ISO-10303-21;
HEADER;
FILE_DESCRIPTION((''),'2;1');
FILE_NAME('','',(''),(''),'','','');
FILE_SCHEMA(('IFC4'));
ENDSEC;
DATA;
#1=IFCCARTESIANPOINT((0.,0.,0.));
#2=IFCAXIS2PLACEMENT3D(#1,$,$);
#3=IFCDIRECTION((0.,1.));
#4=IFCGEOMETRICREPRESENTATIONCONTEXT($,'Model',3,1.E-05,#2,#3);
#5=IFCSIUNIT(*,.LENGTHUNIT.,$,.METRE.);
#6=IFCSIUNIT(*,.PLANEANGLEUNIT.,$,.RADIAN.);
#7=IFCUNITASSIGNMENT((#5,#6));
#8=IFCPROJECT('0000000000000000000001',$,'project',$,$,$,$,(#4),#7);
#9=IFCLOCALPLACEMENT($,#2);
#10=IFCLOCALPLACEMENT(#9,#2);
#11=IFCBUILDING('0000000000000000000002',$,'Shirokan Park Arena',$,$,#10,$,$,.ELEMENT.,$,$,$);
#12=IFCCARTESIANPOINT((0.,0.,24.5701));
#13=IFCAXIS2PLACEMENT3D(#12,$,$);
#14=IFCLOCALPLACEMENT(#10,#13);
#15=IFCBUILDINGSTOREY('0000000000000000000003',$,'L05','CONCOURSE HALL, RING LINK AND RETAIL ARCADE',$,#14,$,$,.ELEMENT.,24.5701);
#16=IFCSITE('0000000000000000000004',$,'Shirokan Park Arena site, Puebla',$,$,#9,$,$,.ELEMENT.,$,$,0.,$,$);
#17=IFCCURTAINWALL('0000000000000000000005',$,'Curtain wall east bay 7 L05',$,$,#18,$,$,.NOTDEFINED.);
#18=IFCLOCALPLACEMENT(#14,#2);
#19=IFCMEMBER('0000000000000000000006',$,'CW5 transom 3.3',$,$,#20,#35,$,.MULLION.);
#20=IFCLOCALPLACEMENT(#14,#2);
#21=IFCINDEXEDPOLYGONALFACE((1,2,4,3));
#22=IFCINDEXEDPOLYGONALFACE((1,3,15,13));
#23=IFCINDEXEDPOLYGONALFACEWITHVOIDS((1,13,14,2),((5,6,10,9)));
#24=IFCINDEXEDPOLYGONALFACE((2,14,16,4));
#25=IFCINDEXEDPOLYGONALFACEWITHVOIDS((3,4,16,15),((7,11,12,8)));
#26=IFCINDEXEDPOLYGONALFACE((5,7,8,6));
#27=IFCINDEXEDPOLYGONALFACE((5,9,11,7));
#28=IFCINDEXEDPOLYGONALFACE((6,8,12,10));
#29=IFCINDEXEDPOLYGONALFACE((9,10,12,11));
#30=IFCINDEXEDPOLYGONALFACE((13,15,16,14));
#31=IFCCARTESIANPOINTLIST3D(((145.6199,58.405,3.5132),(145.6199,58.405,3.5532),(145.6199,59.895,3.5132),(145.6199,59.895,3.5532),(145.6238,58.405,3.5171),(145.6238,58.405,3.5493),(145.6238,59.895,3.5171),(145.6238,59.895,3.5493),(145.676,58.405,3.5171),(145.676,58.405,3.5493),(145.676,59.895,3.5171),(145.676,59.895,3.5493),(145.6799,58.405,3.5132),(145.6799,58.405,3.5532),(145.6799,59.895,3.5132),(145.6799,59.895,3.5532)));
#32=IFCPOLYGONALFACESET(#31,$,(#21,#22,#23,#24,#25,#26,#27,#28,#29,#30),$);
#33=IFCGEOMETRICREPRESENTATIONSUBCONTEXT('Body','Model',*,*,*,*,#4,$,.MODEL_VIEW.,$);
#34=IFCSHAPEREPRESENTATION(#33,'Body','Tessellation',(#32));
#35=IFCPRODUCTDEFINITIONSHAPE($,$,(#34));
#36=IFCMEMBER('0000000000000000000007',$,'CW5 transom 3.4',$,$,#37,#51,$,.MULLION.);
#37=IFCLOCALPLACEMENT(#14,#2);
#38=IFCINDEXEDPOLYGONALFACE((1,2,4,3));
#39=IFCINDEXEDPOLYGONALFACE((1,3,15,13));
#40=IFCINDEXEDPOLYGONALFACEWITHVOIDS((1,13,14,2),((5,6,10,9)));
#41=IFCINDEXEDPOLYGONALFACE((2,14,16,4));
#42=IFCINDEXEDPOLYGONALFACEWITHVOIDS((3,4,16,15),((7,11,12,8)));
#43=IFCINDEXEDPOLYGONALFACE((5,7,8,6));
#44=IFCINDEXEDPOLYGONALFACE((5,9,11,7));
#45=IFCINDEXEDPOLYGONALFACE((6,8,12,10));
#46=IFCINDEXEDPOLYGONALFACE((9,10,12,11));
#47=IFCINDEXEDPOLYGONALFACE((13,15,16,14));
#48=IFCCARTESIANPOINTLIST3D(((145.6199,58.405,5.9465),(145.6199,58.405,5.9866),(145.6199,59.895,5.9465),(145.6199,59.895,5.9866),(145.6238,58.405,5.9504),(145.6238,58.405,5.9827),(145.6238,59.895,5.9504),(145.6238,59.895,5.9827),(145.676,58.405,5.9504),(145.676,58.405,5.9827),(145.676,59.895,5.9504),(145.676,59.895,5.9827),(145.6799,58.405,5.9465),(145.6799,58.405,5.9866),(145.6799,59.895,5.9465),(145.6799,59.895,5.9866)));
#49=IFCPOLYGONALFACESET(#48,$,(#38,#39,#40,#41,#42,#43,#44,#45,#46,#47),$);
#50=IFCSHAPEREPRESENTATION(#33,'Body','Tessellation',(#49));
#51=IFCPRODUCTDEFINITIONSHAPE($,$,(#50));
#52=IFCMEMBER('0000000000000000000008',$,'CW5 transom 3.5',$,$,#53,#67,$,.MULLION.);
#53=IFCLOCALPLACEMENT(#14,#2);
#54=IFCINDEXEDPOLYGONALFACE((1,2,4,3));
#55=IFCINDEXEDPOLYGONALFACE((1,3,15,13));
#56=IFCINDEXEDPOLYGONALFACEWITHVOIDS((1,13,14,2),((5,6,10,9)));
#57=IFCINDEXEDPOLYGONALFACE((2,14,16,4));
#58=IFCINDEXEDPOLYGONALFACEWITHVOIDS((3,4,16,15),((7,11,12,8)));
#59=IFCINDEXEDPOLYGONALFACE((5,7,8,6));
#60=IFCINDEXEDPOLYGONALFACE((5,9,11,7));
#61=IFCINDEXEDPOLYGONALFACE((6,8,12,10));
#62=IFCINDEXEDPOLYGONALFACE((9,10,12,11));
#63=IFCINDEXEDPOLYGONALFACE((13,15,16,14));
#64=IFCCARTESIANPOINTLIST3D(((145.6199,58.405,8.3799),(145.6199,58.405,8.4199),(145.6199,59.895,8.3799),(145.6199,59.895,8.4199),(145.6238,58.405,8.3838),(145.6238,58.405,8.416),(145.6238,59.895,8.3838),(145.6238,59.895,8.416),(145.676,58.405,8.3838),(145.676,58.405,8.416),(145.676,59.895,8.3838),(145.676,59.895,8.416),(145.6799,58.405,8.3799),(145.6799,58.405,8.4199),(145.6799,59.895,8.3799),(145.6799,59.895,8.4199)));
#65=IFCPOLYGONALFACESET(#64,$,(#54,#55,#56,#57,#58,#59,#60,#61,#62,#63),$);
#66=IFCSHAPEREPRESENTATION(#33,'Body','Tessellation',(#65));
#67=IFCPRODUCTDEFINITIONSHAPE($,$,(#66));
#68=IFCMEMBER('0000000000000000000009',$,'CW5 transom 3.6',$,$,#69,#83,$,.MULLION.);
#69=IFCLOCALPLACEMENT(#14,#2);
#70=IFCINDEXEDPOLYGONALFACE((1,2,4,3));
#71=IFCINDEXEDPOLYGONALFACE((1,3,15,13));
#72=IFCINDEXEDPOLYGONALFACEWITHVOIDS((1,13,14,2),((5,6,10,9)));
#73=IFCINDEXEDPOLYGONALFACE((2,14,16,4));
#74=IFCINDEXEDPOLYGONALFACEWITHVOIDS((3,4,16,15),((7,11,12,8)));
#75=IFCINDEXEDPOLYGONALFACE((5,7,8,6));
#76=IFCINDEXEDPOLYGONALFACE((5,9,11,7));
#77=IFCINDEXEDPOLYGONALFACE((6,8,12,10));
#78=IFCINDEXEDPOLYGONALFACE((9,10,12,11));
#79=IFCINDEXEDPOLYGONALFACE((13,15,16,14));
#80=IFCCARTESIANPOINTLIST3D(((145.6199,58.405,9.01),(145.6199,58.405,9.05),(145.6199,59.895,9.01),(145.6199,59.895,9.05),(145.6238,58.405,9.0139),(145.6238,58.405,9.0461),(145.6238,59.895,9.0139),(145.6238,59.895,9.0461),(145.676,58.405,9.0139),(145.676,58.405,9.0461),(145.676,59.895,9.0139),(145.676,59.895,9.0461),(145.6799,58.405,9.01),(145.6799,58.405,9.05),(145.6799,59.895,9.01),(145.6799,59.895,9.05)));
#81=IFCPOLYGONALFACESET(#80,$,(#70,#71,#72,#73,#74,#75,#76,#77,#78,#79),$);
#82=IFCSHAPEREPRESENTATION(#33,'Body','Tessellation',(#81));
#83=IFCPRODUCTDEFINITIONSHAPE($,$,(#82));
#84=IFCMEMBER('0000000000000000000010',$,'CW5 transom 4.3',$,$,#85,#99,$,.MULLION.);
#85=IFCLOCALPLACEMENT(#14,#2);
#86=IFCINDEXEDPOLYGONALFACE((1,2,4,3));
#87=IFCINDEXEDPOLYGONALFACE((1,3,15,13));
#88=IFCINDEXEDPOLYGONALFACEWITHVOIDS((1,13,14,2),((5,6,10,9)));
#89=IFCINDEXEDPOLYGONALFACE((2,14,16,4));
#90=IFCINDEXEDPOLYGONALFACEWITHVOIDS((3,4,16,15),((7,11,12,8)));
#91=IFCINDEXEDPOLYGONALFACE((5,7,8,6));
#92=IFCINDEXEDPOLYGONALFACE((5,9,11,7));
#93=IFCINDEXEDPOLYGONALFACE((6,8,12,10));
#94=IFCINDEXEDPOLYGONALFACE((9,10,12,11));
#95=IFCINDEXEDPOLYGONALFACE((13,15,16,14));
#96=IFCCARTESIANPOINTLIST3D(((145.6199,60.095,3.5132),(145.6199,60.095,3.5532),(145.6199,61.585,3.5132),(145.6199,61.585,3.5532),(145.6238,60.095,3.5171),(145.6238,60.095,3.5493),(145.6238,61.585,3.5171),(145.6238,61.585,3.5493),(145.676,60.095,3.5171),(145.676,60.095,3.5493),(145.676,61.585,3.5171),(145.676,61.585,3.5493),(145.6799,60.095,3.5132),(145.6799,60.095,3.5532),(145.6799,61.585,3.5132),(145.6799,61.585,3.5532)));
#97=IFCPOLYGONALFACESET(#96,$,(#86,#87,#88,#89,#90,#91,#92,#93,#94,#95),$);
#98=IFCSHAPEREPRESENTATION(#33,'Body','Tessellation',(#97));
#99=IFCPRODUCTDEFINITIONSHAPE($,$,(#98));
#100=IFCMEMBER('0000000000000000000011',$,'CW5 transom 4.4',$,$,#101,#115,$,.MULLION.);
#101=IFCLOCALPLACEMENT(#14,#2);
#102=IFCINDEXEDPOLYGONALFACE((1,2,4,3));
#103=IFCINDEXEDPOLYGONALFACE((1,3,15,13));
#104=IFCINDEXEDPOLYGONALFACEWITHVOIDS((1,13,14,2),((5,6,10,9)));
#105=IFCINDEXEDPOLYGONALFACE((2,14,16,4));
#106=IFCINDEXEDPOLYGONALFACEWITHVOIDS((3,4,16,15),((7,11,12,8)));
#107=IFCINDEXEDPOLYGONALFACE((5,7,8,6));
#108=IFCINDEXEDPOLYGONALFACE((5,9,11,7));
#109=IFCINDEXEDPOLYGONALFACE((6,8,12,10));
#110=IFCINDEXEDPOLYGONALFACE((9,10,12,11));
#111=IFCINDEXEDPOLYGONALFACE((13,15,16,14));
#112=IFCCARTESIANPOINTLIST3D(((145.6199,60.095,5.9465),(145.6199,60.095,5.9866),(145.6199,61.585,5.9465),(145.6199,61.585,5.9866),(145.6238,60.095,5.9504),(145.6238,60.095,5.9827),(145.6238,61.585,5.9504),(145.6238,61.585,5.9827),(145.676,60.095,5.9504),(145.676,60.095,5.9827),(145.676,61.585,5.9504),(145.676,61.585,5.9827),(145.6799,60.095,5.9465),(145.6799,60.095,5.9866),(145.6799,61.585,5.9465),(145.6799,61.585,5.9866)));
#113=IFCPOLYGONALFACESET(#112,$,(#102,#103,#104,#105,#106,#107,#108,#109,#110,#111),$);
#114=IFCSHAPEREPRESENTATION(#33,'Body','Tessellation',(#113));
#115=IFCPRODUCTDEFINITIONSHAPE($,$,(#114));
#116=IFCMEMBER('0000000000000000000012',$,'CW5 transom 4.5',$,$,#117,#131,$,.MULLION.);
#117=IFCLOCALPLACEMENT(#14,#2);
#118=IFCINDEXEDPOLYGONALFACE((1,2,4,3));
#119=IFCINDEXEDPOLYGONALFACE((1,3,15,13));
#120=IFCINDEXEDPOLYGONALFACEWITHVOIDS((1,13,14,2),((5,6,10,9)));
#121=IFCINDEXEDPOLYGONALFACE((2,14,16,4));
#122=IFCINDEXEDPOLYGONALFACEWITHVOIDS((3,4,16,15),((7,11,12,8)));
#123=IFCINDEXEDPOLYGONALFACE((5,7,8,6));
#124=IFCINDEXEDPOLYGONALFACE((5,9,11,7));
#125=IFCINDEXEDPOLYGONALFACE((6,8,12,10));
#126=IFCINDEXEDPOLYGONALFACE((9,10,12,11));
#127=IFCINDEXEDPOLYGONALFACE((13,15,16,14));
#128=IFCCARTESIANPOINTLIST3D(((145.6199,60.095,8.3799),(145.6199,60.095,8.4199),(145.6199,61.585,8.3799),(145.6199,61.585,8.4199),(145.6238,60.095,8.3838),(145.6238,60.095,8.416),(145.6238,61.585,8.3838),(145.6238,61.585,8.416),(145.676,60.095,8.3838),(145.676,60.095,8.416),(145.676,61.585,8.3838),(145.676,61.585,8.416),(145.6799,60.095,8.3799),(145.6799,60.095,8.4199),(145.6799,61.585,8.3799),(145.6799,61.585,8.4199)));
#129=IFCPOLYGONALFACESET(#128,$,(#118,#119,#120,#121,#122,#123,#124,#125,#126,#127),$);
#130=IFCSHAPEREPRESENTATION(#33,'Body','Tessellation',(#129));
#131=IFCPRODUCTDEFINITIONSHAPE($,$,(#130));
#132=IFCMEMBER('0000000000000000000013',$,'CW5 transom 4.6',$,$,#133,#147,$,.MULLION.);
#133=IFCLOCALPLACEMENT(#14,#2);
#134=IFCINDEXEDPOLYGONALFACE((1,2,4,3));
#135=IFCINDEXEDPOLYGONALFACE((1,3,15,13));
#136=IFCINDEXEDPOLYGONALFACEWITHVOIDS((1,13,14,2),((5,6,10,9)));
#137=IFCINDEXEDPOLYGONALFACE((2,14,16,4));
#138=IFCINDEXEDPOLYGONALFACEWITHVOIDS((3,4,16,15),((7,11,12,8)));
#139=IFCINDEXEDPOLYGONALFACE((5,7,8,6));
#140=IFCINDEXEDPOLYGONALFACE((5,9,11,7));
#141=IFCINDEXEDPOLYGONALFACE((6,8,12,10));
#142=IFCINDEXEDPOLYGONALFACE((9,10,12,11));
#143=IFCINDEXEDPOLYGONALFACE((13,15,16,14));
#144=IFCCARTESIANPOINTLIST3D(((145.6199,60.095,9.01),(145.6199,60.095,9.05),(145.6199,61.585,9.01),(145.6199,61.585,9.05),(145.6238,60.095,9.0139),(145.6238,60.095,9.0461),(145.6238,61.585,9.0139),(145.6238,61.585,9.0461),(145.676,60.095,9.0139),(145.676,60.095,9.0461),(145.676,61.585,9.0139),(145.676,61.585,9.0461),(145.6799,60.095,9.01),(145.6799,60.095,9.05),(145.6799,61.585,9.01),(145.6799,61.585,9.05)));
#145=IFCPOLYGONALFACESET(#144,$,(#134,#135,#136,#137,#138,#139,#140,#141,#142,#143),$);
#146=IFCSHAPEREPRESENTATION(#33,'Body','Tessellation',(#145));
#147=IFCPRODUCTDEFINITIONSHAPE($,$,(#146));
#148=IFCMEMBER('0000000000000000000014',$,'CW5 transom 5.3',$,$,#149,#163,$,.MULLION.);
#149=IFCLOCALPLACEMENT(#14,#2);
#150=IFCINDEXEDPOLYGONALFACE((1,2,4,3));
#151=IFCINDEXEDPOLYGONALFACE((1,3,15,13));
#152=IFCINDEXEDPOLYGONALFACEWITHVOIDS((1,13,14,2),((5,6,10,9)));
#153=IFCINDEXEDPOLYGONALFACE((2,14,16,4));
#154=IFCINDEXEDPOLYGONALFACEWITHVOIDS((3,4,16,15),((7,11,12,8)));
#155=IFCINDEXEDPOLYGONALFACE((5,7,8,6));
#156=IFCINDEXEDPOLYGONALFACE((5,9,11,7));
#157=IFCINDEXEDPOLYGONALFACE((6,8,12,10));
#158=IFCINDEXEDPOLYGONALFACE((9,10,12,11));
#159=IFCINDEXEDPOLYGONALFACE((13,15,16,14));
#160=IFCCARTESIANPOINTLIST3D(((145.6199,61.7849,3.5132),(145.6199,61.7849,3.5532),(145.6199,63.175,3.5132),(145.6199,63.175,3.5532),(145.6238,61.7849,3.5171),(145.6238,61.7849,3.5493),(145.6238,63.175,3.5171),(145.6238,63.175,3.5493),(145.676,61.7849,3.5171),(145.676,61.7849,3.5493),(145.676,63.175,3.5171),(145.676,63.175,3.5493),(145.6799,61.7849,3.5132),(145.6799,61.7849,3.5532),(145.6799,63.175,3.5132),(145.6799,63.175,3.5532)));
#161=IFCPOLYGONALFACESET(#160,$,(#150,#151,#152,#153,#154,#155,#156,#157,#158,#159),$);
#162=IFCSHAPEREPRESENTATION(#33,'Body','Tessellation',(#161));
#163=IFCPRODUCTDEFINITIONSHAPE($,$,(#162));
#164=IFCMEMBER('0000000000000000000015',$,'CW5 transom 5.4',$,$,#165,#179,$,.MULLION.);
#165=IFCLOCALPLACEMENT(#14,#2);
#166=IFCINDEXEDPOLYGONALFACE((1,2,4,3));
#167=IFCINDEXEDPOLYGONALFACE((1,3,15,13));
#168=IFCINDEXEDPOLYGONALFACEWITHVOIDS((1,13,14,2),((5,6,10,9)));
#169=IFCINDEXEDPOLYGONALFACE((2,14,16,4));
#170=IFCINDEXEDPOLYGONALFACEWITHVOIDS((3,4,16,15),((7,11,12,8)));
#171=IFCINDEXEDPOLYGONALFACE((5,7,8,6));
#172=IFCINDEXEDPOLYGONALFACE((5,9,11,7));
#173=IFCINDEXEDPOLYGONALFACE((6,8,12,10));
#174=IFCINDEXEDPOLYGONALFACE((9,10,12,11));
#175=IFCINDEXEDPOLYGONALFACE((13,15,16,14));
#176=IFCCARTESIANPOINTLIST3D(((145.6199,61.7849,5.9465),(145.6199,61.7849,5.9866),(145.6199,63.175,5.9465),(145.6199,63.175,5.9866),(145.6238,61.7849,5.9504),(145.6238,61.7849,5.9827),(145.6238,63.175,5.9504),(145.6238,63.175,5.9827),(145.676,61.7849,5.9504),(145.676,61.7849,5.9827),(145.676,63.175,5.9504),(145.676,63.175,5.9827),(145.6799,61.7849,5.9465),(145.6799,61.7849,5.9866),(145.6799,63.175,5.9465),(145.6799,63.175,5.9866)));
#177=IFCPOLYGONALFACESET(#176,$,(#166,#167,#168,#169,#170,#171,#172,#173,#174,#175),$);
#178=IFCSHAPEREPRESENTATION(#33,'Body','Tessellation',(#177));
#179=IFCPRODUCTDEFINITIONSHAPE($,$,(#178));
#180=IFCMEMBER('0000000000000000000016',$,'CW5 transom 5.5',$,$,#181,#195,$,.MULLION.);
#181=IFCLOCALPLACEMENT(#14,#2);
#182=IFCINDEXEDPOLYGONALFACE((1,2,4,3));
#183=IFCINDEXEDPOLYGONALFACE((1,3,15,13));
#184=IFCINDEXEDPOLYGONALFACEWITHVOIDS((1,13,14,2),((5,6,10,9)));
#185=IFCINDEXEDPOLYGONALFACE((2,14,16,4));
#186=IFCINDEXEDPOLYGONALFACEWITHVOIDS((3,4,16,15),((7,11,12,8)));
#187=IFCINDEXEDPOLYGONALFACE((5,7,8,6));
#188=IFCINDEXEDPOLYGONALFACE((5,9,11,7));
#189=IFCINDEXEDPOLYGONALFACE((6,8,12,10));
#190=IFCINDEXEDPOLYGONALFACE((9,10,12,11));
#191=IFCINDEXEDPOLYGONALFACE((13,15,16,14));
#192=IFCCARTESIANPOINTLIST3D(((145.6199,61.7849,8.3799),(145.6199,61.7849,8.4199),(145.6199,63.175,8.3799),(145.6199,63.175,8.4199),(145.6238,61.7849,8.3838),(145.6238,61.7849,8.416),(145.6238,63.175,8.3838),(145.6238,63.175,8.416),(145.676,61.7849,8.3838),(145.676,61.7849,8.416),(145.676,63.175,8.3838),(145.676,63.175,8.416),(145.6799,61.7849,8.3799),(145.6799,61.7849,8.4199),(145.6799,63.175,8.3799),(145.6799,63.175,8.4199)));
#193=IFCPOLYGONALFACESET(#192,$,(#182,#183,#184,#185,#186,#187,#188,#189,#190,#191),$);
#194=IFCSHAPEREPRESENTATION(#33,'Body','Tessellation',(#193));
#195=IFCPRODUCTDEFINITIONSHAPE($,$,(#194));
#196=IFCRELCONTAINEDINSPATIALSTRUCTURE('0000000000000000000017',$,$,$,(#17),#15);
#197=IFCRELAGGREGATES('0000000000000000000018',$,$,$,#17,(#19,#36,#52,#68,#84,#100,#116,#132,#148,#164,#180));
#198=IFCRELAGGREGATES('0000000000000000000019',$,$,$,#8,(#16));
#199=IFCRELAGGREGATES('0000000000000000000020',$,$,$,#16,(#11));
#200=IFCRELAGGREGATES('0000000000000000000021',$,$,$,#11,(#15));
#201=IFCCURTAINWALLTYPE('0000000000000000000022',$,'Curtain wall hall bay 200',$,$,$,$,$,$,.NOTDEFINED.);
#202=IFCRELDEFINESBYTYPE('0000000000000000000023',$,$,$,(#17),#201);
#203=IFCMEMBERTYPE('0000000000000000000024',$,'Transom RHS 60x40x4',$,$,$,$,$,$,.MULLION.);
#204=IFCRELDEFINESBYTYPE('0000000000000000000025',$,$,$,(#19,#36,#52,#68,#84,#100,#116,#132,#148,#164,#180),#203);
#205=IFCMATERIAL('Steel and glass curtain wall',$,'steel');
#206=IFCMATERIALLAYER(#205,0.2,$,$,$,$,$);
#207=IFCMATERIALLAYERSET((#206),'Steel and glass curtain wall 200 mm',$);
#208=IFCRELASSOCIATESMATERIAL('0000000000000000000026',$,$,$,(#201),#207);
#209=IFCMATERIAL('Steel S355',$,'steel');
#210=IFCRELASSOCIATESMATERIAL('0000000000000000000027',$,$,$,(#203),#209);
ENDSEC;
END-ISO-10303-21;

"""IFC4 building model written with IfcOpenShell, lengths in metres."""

from ifc_helpers import new_model, si_unit, direction, frame, origin, origin_2d, place, context, subcontext, project, spatial, hollow_rectangle, extrude, material, layer, layer_set, material_profile, profile_set, type_object, element, aggregate, save


model = new_model("IFC4")

# Units and contexts
model_context = context("Model", 3, precision=1e-05, world=origin(), true_north=direction((0.0, 1.0)))
body_context = subcontext(model_context, "Body", "Model", "MODEL_VIEW")
ifc_project = project(units=[si_unit("LENGTHUNIT", "METRE"), si_unit("PLANEANGLEUNIT", "RADIAN")], contexts=[model_context])

# Site, building, storey
site_placement = place(None, origin())
site = spatial("IfcSite", under=ifc_project, at=site_placement, Name="Shirokan Park Arena site, Puebla", CompositionType="ELEMENT", RefElevation=0.0)
building_placement = place(site_placement, origin())
building = spatial("IfcBuilding", under=site, at=building_placement, Name="Shirokan Park Arena", CompositionType="ELEMENT")
storey_placement = place(building_placement, frame((0.0, 0.0, 24.5701)))
storey = spatial("IfcBuildingStorey", under=building, at=storey_placement, Name="L05", Description="CONCOURSE HALL, RING LINK AND RETAIL ARCADE", CompositionType="ELEMENT", Elevation=24.5701)

# Curtain wall, members
ifc_material_1 = material(Name="Steel and glass curtain wall", Category="steel")
ifc_layer_1 = layer(ifc_material_1, 0.2)
ifc_layer_set_1 = layer_set([ifc_layer_1], Name="Steel and glass curtain wall 200 mm")
curtain_wall_type = type_object("IfcCurtainWallType", Name="Curtain wall hall bay 200", PredefinedType="NOTDEFINED", material=ifc_layer_set_1)
curtain_wall_placement = place(storey_placement, origin())
curtain_wall = element("IfcCurtainWall", 1, at=curtain_wall_placement, inside=storey, type_object=curtain_wall_type, Name="Curtain wall east bay 7 L05", PredefinedType="NOTDEFINED")
ifc_material_2 = material(Name="Steel S355", Category="steel")
ifc_material_profile = material_profile(ifc_material_2, hollow_rectangle(XDim=0.0601, YDim=0.04, WallThickness=0.0039, at=origin_2d()), Name="RHS 60x40x4")
ifc_profile_set = profile_set([ifc_material_profile], Name="Steel S355")
member_type = type_object("IfcMemberType", Name="Transom RHS 60x40x4", PredefinedType="MULLION", material=ifc_profile_set)
member_1_placement = place(storey_placement, frame((145.6499, 58.405, 3.5332), z_axis=(0.0, 1.0, 0.0), x_axis=(-1.0, 0.0, 0.0)))
member_1 = element("IfcMember", 2, at=member_1_placement, type_object=member_type, Name="CW5 transom 3.3", PredefinedType="MULLION", context=body_context, shape_type="SweptSolid", body=[
    extrude(hollow_rectangle(XDim=0.0601, YDim=0.04, WallThickness=0.0039, at=origin_2d()), origin(), (0.0, 0.0, 1.0), 1.49),
])
member_2_placement = place(storey_placement, frame((145.6499, 58.405, 5.9666), z_axis=(0.0, 1.0, 0.0), x_axis=(-1.0, 0.0, 0.0)))
member_2 = element("IfcMember", 3, at=member_2_placement, type_object=member_type, Name="CW5 transom 3.4", PredefinedType="MULLION", context=body_context, shape_type="SweptSolid", body=[
    extrude(hollow_rectangle(XDim=0.0601, YDim=0.04, WallThickness=0.0039, at=origin_2d()), origin(), (0.0, 0.0, 1.0), 1.49),
])
member_3_placement = place(storey_placement, frame((145.6499, 58.405, 8.3999), z_axis=(0.0, 1.0, 0.0), x_axis=(-1.0, 0.0, 0.0)))
member_3 = element("IfcMember", 4, at=member_3_placement, type_object=member_type, Name="CW5 transom 3.5", PredefinedType="MULLION", context=body_context, shape_type="SweptSolid", body=[
    extrude(hollow_rectangle(XDim=0.0601, YDim=0.04, WallThickness=0.0039, at=origin_2d()), origin(), (0.0, 0.0, 1.0), 1.49),
])
member_4_placement = place(storey_placement, frame((145.6499, 58.405, 9.03), z_axis=(0.0, 1.0, 0.0), x_axis=(-1.0, 0.0, 0.0)))
member_4 = element("IfcMember", 5, at=member_4_placement, type_object=member_type, Name="CW5 transom 3.6", PredefinedType="MULLION", context=body_context, shape_type="SweptSolid", body=[
    extrude(hollow_rectangle(XDim=0.0601, YDim=0.04, WallThickness=0.0039, at=origin_2d()), origin(), (0.0, 0.0, 1.0), 1.49),
])
member_5_placement = place(storey_placement, frame((145.6499, 60.095, 3.5332), z_axis=(0.0, 1.0, 0.0), x_axis=(-1.0, 0.0, 0.0)))
member_5 = element("IfcMember", 6, at=member_5_placement, type_object=member_type, Name="CW5 transom 4.3", PredefinedType="MULLION", context=body_context, shape_type="SweptSolid", body=[
    extrude(hollow_rectangle(XDim=0.0601, YDim=0.04, WallThickness=0.0039, at=origin_2d()), origin(), (0.0, 0.0, 1.0), 1.49),
])
member_6_placement = place(storey_placement, frame((145.6499, 60.095, 5.9666), z_axis=(0.0, 1.0, 0.0), x_axis=(-1.0, 0.0, 0.0)))
member_6 = element("IfcMember", 7, at=member_6_placement, type_object=member_type, Name="CW5 transom 4.4", PredefinedType="MULLION", context=body_context, shape_type="SweptSolid", body=[
    extrude(hollow_rectangle(XDim=0.0601, YDim=0.04, WallThickness=0.0039, at=origin_2d()), origin(), (0.0, 0.0, 1.0), 1.49),
])
member_7_placement = place(storey_placement, frame((145.6499, 60.095, 8.3999), z_axis=(0.0, 1.0, 0.0), x_axis=(-1.0, 0.0, 0.0)))
member_7 = element("IfcMember", 8, at=member_7_placement, type_object=member_type, Name="CW5 transom 4.5", PredefinedType="MULLION", context=body_context, shape_type="SweptSolid", body=[
    extrude(hollow_rectangle(XDim=0.0601, YDim=0.04, WallThickness=0.0039, at=origin_2d()), origin(), (0.0, 0.0, 1.0), 1.49),
])
member_8_placement = place(storey_placement, frame((145.6499, 60.095, 9.03), z_axis=(0.0, 1.0, 0.0), x_axis=(-1.0, 0.0, 0.0)))
member_8 = element("IfcMember", 9, at=member_8_placement, type_object=member_type, Name="CW5 transom 4.6", PredefinedType="MULLION", context=body_context, shape_type="SweptSolid", body=[
    extrude(hollow_rectangle(XDim=0.0601, YDim=0.04, WallThickness=0.0039, at=origin_2d()), origin(), (0.0, 0.0, 1.0), 1.49),
])
member_9_placement = place(storey_placement, frame((145.6499, 61.7849, 3.5332), z_axis=(0.0, 1.0, 0.0), x_axis=(-1.0, 0.0, 0.0)))
member_9 = element("IfcMember", 10, at=member_9_placement, type_object=member_type, Name="CW5 transom 5.3", PredefinedType="MULLION", context=body_context, shape_type="SweptSolid", body=[
    extrude(hollow_rectangle(XDim=0.0601, YDim=0.04, WallThickness=0.0039, at=origin_2d()), origin(), (0.0, 0.0, 1.0), 1.3901),
])
member_10_placement = place(storey_placement, frame((145.6499, 61.7849, 5.9666), z_axis=(0.0, 1.0, 0.0), x_axis=(-1.0, 0.0, 0.0)))
member_10 = element("IfcMember", 11, at=member_10_placement, type_object=member_type, Name="CW5 transom 5.4", PredefinedType="MULLION", context=body_context, shape_type="SweptSolid", body=[
    extrude(hollow_rectangle(XDim=0.0601, YDim=0.04, WallThickness=0.0039, at=origin_2d()), origin(), (0.0, 0.0, 1.0), 1.3901),
])
member_11_placement = place(storey_placement, frame((145.6499, 61.7849, 8.3999), z_axis=(0.0, 1.0, 0.0), x_axis=(-1.0, 0.0, 0.0)))
member_11 = element("IfcMember", 12, at=member_11_placement, type_object=member_type, Name="CW5 transom 5.5", PredefinedType="MULLION", context=body_context, shape_type="SweptSolid", body=[
    extrude(hollow_rectangle(XDim=0.0601, YDim=0.04, WallThickness=0.0039, at=origin_2d()), origin(), (0.0, 0.0, 1.0), 1.3901),
])
aggregate(curtain_wall, [member_1, member_2, member_3, member_4, member_5, member_6, member_7, member_8, member_9, member_10, member_11])

save(model, "model.ifc")
